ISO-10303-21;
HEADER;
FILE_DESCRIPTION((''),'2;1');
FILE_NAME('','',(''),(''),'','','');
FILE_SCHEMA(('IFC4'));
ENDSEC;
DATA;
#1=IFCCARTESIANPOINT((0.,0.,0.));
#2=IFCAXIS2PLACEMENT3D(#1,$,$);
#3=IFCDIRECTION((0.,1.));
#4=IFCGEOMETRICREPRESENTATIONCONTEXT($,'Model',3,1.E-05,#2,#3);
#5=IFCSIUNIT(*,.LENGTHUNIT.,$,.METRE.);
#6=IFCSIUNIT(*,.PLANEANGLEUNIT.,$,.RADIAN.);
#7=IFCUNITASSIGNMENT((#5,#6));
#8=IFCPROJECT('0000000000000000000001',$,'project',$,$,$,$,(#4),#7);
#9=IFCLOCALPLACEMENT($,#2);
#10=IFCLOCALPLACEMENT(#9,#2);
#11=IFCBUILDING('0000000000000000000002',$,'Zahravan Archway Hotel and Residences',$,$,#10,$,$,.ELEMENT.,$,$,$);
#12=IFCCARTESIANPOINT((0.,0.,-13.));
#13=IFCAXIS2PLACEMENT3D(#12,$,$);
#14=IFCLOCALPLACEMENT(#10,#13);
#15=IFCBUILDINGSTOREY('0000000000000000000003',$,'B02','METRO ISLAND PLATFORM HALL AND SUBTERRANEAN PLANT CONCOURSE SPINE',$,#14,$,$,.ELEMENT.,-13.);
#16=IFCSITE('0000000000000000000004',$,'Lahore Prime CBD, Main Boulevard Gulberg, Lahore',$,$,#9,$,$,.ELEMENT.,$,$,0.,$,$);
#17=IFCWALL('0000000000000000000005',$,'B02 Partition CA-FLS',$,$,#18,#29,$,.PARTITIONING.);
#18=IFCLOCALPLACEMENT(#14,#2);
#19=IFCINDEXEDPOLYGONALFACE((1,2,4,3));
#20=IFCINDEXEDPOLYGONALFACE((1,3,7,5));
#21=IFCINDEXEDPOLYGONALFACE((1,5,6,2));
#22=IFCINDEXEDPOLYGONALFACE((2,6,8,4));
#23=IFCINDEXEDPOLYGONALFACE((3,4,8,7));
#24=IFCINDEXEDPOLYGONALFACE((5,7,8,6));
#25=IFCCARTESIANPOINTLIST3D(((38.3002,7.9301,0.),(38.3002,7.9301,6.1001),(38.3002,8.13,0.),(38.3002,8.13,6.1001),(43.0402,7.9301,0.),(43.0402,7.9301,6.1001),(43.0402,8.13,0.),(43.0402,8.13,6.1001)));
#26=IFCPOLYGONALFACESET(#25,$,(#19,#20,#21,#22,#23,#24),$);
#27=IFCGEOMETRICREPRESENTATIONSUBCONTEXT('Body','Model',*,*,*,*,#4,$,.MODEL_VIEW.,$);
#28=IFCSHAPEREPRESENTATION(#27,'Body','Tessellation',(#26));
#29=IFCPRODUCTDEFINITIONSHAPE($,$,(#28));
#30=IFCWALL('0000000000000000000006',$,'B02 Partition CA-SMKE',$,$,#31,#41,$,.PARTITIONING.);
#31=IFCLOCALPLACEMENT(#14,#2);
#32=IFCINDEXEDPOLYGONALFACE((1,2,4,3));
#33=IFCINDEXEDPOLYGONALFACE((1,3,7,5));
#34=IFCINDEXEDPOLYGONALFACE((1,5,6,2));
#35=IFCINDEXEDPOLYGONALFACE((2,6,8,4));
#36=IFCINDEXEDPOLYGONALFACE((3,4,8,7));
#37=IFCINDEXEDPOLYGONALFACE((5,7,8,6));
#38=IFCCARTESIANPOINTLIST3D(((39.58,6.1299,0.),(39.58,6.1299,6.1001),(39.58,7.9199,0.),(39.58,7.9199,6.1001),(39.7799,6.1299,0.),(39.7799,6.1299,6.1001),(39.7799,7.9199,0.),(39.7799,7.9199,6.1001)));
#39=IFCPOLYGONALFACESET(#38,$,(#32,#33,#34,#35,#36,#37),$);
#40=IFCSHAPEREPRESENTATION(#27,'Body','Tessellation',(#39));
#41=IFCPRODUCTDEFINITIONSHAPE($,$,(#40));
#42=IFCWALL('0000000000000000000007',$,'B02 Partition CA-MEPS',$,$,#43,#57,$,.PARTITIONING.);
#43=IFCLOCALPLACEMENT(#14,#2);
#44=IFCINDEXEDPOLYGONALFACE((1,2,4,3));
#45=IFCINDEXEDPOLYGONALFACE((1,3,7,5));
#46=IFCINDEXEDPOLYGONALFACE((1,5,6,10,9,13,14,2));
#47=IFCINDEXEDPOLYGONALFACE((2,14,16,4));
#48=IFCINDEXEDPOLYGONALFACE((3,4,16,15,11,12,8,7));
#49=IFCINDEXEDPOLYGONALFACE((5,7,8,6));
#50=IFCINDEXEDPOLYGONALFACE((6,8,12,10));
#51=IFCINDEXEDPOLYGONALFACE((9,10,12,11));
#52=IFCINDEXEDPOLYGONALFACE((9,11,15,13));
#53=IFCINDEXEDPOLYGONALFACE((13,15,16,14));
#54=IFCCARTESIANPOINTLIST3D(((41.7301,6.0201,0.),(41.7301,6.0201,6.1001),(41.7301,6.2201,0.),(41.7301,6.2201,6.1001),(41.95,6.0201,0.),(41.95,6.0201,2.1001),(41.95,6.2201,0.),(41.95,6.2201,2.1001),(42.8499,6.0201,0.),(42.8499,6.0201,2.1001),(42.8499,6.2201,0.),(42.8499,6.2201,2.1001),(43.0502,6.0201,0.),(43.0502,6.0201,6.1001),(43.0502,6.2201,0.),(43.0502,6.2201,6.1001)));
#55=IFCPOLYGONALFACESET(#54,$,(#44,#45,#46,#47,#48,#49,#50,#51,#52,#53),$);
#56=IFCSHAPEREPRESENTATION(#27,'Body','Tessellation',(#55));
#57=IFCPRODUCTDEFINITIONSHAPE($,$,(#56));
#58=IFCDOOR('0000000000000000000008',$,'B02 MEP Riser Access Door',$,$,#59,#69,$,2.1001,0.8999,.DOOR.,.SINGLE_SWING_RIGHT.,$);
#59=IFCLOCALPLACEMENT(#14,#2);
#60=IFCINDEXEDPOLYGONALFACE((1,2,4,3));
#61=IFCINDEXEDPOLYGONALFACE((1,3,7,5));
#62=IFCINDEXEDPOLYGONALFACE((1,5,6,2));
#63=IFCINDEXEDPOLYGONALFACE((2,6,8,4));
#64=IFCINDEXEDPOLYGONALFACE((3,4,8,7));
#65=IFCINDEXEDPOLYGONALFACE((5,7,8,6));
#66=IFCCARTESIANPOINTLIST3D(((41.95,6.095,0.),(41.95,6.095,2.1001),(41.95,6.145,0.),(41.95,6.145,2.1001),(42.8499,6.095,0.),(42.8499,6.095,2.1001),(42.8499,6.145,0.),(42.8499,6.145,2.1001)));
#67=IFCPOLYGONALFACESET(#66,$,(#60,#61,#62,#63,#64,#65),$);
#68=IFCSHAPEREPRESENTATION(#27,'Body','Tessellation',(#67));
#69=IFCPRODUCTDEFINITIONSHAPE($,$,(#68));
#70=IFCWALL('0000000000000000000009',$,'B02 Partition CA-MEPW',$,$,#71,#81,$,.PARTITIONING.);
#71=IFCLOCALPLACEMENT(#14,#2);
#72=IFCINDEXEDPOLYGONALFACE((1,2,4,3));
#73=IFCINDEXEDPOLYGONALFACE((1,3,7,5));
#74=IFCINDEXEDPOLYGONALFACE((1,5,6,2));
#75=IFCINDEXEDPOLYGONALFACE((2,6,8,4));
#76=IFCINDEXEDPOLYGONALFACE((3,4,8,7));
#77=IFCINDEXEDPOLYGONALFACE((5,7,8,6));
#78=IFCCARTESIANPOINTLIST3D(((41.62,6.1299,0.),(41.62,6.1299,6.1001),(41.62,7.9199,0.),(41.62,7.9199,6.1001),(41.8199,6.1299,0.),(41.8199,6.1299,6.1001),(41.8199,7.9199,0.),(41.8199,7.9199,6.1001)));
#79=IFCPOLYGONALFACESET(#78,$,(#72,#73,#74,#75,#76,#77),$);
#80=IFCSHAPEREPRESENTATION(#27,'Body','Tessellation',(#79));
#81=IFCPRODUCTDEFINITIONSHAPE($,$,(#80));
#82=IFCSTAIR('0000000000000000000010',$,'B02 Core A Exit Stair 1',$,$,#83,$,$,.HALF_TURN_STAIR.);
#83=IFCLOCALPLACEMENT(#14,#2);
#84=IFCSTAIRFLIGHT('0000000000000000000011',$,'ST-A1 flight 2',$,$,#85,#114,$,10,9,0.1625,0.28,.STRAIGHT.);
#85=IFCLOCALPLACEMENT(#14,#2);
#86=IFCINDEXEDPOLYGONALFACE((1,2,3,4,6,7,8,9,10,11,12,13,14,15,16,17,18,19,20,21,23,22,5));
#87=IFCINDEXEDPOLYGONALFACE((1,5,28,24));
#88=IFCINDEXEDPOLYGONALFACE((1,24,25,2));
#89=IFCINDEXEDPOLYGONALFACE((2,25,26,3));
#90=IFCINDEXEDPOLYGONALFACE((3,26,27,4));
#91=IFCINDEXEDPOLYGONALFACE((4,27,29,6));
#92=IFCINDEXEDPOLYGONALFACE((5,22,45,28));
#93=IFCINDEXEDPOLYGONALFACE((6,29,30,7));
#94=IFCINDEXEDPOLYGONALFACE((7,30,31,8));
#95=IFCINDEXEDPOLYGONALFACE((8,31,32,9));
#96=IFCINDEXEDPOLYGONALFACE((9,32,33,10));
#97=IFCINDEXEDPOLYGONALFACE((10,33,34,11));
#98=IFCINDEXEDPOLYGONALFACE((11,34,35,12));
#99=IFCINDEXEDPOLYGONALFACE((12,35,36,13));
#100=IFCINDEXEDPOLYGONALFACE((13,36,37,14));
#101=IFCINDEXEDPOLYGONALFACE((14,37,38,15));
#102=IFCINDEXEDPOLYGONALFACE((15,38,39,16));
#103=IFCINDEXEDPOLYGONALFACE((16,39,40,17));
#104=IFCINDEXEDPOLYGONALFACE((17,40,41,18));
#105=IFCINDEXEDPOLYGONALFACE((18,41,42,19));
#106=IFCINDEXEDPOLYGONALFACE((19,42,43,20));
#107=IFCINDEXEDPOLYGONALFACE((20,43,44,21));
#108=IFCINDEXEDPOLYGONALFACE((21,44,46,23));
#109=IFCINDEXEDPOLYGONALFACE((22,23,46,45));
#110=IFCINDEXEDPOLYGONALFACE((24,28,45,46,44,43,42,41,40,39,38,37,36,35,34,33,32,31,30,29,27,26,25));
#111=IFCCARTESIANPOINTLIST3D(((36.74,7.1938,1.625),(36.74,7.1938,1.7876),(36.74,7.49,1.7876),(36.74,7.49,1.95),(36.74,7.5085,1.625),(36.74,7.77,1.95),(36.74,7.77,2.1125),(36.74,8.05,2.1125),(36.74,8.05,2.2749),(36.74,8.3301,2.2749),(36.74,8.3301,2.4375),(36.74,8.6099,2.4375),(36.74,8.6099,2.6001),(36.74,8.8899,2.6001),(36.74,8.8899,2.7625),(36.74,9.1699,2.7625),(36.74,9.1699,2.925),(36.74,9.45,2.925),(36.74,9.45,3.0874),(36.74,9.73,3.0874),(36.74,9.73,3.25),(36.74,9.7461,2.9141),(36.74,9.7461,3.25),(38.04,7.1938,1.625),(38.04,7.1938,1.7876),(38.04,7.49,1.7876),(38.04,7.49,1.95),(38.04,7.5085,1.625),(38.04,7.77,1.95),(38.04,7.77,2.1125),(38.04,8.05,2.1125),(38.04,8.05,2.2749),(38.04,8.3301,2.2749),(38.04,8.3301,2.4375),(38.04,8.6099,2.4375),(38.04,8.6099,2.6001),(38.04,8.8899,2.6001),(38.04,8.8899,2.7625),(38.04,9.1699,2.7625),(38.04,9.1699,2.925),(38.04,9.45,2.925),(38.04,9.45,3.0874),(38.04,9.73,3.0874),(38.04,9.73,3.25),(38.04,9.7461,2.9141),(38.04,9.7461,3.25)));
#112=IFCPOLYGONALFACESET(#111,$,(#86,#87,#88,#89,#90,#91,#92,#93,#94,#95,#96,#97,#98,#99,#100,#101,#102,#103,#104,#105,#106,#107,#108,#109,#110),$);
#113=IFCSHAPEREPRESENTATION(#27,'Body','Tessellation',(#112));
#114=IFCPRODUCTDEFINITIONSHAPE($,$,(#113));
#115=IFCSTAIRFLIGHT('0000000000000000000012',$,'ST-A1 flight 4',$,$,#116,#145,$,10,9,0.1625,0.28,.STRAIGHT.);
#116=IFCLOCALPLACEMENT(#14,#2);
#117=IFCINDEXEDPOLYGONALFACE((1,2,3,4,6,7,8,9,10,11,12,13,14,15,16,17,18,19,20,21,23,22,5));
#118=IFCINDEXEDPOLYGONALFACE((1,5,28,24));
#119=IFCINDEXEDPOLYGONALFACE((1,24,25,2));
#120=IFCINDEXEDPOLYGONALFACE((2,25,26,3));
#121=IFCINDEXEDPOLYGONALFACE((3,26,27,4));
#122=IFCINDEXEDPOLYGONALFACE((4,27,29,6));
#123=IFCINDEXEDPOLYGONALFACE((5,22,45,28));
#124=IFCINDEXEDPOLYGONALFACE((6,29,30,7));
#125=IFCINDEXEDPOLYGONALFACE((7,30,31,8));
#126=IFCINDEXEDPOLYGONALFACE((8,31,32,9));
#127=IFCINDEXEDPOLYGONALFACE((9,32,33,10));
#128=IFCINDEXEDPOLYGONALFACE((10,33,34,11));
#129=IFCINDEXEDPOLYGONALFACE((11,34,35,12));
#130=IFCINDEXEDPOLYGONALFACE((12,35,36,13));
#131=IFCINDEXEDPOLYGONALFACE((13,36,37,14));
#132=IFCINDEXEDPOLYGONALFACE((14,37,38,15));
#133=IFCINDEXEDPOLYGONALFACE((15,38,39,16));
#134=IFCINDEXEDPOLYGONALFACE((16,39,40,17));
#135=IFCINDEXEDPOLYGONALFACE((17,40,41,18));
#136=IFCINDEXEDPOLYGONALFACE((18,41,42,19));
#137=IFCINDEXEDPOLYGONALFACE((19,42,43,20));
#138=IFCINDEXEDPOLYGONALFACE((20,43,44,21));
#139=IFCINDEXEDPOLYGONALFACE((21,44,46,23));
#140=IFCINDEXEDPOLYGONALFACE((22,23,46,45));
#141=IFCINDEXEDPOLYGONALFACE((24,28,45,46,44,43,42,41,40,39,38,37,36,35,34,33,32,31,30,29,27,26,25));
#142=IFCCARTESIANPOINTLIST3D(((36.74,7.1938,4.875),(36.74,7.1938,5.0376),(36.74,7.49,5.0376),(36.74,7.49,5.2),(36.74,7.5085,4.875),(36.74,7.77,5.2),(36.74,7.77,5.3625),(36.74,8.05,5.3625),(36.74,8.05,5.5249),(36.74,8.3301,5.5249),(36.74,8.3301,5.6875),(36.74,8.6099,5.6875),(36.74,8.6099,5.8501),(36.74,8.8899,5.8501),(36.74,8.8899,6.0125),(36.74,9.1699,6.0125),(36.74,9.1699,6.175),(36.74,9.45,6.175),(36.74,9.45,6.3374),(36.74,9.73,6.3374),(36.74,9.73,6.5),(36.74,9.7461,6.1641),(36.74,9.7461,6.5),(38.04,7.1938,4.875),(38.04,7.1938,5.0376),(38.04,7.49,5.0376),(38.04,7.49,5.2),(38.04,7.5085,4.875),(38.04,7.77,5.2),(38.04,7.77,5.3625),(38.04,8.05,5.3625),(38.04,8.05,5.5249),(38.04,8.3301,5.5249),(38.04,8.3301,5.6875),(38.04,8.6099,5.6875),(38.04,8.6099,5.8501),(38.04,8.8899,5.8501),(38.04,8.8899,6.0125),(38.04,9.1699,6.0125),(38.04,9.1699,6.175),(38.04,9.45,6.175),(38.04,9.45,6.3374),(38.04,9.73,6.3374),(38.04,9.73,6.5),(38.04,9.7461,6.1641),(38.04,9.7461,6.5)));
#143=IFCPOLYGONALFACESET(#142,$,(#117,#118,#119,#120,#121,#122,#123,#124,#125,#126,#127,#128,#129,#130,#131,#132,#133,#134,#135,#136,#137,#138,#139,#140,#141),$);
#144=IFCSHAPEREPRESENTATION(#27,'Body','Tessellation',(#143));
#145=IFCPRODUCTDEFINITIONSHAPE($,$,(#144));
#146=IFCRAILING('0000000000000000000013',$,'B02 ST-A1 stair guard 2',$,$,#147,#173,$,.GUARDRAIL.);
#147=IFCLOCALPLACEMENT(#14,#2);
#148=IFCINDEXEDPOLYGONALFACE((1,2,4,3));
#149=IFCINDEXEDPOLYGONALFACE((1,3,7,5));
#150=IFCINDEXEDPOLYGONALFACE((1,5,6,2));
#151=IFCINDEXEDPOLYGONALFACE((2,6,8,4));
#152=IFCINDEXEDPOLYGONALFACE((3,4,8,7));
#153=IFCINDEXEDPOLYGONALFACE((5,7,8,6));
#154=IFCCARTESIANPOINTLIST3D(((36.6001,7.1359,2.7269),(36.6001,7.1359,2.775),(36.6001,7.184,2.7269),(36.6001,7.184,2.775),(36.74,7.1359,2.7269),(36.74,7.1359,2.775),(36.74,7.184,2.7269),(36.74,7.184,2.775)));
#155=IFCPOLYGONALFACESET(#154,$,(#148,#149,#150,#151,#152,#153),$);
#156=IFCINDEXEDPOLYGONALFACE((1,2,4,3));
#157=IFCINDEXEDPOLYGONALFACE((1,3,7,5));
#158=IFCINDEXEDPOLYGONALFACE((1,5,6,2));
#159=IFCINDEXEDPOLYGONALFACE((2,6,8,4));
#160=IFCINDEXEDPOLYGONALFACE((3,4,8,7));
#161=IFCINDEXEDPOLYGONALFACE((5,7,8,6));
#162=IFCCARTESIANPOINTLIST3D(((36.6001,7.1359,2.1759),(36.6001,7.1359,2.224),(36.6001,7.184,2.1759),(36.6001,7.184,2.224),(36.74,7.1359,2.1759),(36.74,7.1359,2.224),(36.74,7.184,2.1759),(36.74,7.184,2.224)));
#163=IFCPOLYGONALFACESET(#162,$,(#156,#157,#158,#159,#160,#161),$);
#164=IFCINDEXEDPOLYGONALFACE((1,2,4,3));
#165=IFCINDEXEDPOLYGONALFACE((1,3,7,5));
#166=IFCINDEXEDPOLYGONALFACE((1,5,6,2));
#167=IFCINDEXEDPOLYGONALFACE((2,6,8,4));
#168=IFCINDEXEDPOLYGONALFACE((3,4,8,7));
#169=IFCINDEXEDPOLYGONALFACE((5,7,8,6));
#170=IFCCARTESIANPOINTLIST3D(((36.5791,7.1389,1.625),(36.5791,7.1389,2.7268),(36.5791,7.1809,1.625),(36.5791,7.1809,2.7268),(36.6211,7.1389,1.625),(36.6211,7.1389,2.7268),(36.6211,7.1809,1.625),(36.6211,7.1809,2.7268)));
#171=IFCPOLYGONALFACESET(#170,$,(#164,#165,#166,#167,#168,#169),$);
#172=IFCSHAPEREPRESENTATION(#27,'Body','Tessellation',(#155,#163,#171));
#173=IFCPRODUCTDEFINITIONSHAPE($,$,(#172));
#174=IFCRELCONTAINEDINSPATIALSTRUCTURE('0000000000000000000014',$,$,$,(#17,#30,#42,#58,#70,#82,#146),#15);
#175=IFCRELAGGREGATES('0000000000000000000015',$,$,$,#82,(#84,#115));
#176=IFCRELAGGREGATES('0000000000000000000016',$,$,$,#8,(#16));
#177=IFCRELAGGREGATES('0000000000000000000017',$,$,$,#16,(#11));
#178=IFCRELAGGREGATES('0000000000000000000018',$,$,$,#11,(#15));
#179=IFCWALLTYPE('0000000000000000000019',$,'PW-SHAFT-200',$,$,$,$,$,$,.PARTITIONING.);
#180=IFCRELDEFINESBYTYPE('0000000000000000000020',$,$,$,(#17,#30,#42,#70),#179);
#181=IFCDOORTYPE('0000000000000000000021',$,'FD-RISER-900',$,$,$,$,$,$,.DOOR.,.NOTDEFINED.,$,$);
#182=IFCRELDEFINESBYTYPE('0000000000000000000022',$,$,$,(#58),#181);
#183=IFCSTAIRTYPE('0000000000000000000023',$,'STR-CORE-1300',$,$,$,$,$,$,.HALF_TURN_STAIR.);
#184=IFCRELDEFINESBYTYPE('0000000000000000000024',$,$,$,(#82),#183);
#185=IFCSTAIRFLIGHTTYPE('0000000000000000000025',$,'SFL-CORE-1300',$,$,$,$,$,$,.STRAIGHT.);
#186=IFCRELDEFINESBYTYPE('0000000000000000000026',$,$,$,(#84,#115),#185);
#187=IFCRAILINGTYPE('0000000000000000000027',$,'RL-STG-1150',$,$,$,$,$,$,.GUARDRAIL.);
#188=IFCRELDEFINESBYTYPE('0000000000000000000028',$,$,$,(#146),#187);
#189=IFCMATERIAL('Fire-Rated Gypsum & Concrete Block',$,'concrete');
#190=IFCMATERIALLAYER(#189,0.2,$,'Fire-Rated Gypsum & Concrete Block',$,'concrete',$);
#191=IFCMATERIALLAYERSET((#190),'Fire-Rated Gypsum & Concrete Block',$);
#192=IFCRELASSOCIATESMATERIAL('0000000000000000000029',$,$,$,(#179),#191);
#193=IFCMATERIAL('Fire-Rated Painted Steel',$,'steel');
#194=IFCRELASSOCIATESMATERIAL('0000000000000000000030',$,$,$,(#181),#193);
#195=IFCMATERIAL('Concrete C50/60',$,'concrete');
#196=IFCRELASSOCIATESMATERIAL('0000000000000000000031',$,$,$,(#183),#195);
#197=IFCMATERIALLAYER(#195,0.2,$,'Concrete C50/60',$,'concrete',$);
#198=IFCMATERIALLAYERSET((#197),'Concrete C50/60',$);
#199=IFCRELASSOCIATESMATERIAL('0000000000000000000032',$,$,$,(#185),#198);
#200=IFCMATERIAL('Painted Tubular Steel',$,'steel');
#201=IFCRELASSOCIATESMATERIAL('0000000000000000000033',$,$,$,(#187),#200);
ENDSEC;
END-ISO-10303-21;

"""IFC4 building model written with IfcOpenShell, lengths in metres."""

from ifc_helpers import new_model, si_unit, direction, frame, frame_2d, origin, origin_2d, place, context, subcontext, project, spatial, polyline, rectangle, outline, extrude, source, transform, mapped, material, layer, layer_set, type_object, type_shapes, element, fill, aggregate, save


model = new_model("IFC4")

# Units and contexts
model_context = context("Model", 3, precision=1e-05, world=origin(), true_north=direction((0.0, 1.0)))
body_context = subcontext(model_context, "Body", "Model", "MODEL_VIEW")
ifc_project = project(units=[si_unit("LENGTHUNIT", "METRE"), si_unit("PLANEANGLEUNIT", "RADIAN")], contexts=[model_context])

# Site, building, storey
site_placement = place(None, origin())
site = spatial("IfcSite", under=ifc_project, at=site_placement, Name="Lahore Prime CBD, Main Boulevard Gulberg, Lahore", CompositionType="ELEMENT", RefElevation=0.0)
building_placement = place(site_placement, origin())
building = spatial("IfcBuilding", under=site, at=building_placement, Name="Zahravan Archway Hotel and Residences", CompositionType="ELEMENT")
storey_placement = place(building_placement, frame((0.0, 0.0, -13.0)))
storey = spatial("IfcBuildingStorey", under=building, at=storey_placement, Name="B02", Description="METRO ISLAND PLATFORM HALL AND SUBTERRANEAN PLANT CONCOURSE SPINE", CompositionType="ELEMENT", Elevation=-13.0)

# Walls
ifc_material_1 = material(Name="Fire-Rated Gypsum & Concrete Block", Category="concrete")
ifc_layer_1 = layer(ifc_material_1, 0.2, Name="Fire-Rated Gypsum & Concrete Block", Category="concrete")
ifc_layer_set_1 = layer_set([ifc_layer_1], Name="Fire-Rated Gypsum & Concrete Block")
wall_type = type_object("IfcWallType", Name="PW-SHAFT-200", PredefinedType="PARTITIONING", material=ifc_layer_set_1)
wall_1_placement = place(storey_placement, frame((38.3, 8.03, 0.0), z_axis=(0.0, 0.0, 1.0), x_axis=(1.0, 0.0, 0.0)))
element("IfcWall", 1, at=wall_1_placement, inside=storey, type_object=wall_type, Name="B02 Partition CA-FLS", PredefinedType="PARTITIONING", context=body_context, shape_type="SweptSolid", body=[
    extrude(rectangle(XDim=4.74, YDim=0.2, at=frame_2d((2.3701, 0.0))), origin(), (0.0, 0.0, 1.0), 6.1001),
])
wall_2_placement = place(storey_placement, frame((39.6799, 6.1299, 0.0), z_axis=(0.0, 0.0, 1.0), x_axis=(0.0, 1.0, 0.0)))
element("IfcWall", 2, at=wall_2_placement, inside=storey, type_object=wall_type, Name="B02 Partition CA-SMKE", PredefinedType="PARTITIONING", context=body_context, shape_type="SweptSolid", body=[
    extrude(rectangle(XDim=1.79, YDim=0.2, at=frame_2d((0.895, 0.0))), origin(), (0.0, 0.0, 1.0), 6.1001),
])

# Wall, opening, door
wall_3_placement = place(storey_placement, frame((41.73, 6.1201, 0.0), z_axis=(0.0, 0.0, 1.0), x_axis=(1.0, 0.0, 0.0)))
wall_3 = element("IfcWall", 3, at=wall_3_placement, inside=storey, type_object=wall_type, Name="B02 Partition CA-MEPS", PredefinedType="PARTITIONING", context=body_context, shape_type="SweptSolid", body=[
    extrude(rectangle(XDim=1.3201, YDim=0.2, at=frame_2d((0.6602, 0.0))), origin(), (0.0, 0.0, 1.0), 6.1001),
])
opening_placement = place(wall_3_placement, frame((0.22, 0.0, 0.0)))
opening = element("IfcOpeningElement", 4, at=opening_placement, cuts=wall_3, PredefinedType="OPENING", context=body_context, shape_type="SweptSolid", body=[
    extrude(rectangle(XDim=0.8999, YDim=2.1001, at=frame_2d((0.45, 1.05))), frame((0.0, 0.1099, 0.0), z_axis=(0.0, -1.0, 0.0), x_axis=(1.0, 0.0, 0.0)), (0.0, 0.0, 1.0), 0.22),
])
ifc_material_2 = material(Name="Fire-Rated Painted Steel", Category="steel")
door_type = type_object("IfcDoorType", Name="FD-RISER-900", OperationType="NOTDEFINED", PredefinedType="DOOR", material=ifc_material_2)
shared_shape_1 = source(origin(), body_context, "Body", "SweptSolid", [
    extrude(rectangle(XDim=0.8999, YDim=2.1001, at=frame_2d((0.45, 1.05))), frame((0.0, 0.0249, 0.0), z_axis=(0.0, -1.0, 0.0), x_axis=(1.0, 0.0, 0.0)), (0.0, 0.0, 1.0), 0.05),
])
type_shapes(door_type, [shared_shape_1])
door_placement = place(opening_placement, origin())
door = element("IfcDoor", 5, at=door_placement, inside=storey, type_object=door_type, Name="B02 MEP Riser Access Door", OperationType="SINGLE_SWING_RIGHT", OverallHeight=2.1001, OverallWidth=0.8999, PredefinedType="DOOR", context=body_context, shape_type="MappedRepresentation", body=[
    mapped(shared_shape_1, transform((0.0, 0.0, 0.0), scale=1.0)),
])
fill(opening, door)

# Wall
wall_4_placement = place(storey_placement, frame((41.72, 6.1299, 0.0), z_axis=(0.0, 0.0, 1.0), x_axis=(0.0, 1.0, 0.0)))
element("IfcWall", 6, at=wall_4_placement, inside=storey, type_object=wall_type, Name="B02 Partition CA-MEPW", PredefinedType="PARTITIONING", context=body_context, shape_type="SweptSolid", body=[
    extrude(rectangle(XDim=1.79, YDim=0.2, at=frame_2d((0.895, 0.0))), origin(), (0.0, 0.0, 1.0), 6.1001),
])

# Stair, stair flights
ifc_material_3 = material(Name="Concrete C50/60", Category="concrete")
stair_type = type_object("IfcStairType", Name="STR-CORE-1300", PredefinedType="HALF_TURN_STAIR", material=ifc_material_3)
stair_placement = place(storey_placement, origin())
stair = element("IfcStair", 7, at=stair_placement, inside=storey, type_object=stair_type, Name="B02 Core A Exit Stair 1", PredefinedType="HALF_TURN_STAIR")
ifc_layer_2 = layer(ifc_material_3, 0.2, Name="Concrete C50/60", Category="concrete")
ifc_layer_set_2 = layer_set([ifc_layer_2], Name="Concrete C50/60")
stair_flight_type = type_object("IfcStairFlightType", Name="SFL-CORE-1300", PredefinedType="STRAIGHT", material=ifc_layer_set_2)
shared_shape_2 = source(origin(), body_context, "Body", "SweptSolid", [
    extrude(outline(polyline([(-0.0161, 0.0), (-0.0161, 0.1626), (0.28, 0.1626), (0.28, 0.325), (0.5601, 0.325), (0.5601, 0.4875), (0.8401, 0.4875), (0.8401, 0.6499), (1.1201, 0.6499), (1.1201, 0.8125), (1.3999, 0.8125), (1.3999, 0.9751), (1.6799, 0.9751), (1.6799, 1.1375), (1.96, 1.1375), (1.96, 1.3), (2.24, 1.3), (2.24, 1.4624), (2.52, 1.4624), (2.52, 1.625), (2.5361, 1.625), (2.5361, 1.2891), (0.2986, 0.0), (-0.0161, 0.0)])), frame((0.0, 0.6499, 0.0), z_axis=(0.0, -1.0, 0.0), x_axis=(1.0, 0.0, 0.0)), (0.0, 0.0, 1.0), 1.3),
])
type_shapes(stair_flight_type, [shared_shape_2])
stair_flight_1_placement = place(storey_placement, frame((37.3899, 7.21, 1.625), z_axis=(0.0, 0.0, 1.0), x_axis=(0.0, 1.0, 0.0)))
stair_flight_1 = element("IfcStairFlight", 8, at=stair_flight_1_placement, type_object=stair_flight_type, Name="ST-A1 flight 2", NumberOfRisers=10, NumberOfTreads=9, PredefinedType="STRAIGHT", RiserHeight=0.1625, TreadLength=0.28, context=body_context, shape_type="MappedRepresentation", body=[
    mapped(shared_shape_2, transform((0.0, 0.0, 0.0), scale=1.0)),
])
stair_flight_2_placement = place(storey_placement, frame((37.3899, 7.21, 4.875), z_axis=(0.0, 0.0, 1.0), x_axis=(0.0, 1.0, 0.0)))
stair_flight_2 = element("IfcStairFlight", 9, at=stair_flight_2_placement, type_object=stair_flight_type, Name="ST-A1 flight 4", NumberOfRisers=10, NumberOfTreads=9, PredefinedType="STRAIGHT", RiserHeight=0.1625, TreadLength=0.28, context=body_context, shape_type="MappedRepresentation", body=[
    mapped(shared_shape_2, transform((0.0, 0.0, 0.0), scale=1.0)),
])
aggregate(stair, [stair_flight_1, stair_flight_2])

# Railing
ifc_material_4 = material(Name="Painted Tubular Steel", Category="steel")
railing_type_1 = type_object("IfcRailingType", Name="RL-STG-1150", PredefinedType="GUARDRAIL", material=ifc_material_4)
railing_1_placement = place(storey_placement, frame((36.6001, 7.1599, 1.625)))
element("IfcRailing", 10, at=railing_1_placement, inside=storey, type_object=railing_type_1, Name="B02 ST-A1 stair guard 2", PredefinedType="GUARDRAIL", context=body_context, shape_type="SweptSolid", body=[
    extrude(rectangle(XDim=0.0481, YDim=0.0481, at=origin_2d()), frame((0.0, 0.0, 1.126), z_axis=(1.0, 0.0, 0.0), x_axis=(0.0, 1.0, 0.0)), (0.0, 0.0, 1.0), 0.1399),
    extrude(rectangle(XDim=0.0481, YDim=0.0481, at=origin_2d()), frame((0.0, 0.0, 0.575), z_axis=(1.0, 0.0, 0.0), x_axis=(0.0, 1.0, 0.0)), (0.0, 0.0, 1.0), 0.1399),
    extrude(rectangle(XDim=0.042, YDim=0.042, at=origin_2d()), origin(), (0.0, 0.0, 1.0), 1.1018),
])

save(model, "model.ifc")
